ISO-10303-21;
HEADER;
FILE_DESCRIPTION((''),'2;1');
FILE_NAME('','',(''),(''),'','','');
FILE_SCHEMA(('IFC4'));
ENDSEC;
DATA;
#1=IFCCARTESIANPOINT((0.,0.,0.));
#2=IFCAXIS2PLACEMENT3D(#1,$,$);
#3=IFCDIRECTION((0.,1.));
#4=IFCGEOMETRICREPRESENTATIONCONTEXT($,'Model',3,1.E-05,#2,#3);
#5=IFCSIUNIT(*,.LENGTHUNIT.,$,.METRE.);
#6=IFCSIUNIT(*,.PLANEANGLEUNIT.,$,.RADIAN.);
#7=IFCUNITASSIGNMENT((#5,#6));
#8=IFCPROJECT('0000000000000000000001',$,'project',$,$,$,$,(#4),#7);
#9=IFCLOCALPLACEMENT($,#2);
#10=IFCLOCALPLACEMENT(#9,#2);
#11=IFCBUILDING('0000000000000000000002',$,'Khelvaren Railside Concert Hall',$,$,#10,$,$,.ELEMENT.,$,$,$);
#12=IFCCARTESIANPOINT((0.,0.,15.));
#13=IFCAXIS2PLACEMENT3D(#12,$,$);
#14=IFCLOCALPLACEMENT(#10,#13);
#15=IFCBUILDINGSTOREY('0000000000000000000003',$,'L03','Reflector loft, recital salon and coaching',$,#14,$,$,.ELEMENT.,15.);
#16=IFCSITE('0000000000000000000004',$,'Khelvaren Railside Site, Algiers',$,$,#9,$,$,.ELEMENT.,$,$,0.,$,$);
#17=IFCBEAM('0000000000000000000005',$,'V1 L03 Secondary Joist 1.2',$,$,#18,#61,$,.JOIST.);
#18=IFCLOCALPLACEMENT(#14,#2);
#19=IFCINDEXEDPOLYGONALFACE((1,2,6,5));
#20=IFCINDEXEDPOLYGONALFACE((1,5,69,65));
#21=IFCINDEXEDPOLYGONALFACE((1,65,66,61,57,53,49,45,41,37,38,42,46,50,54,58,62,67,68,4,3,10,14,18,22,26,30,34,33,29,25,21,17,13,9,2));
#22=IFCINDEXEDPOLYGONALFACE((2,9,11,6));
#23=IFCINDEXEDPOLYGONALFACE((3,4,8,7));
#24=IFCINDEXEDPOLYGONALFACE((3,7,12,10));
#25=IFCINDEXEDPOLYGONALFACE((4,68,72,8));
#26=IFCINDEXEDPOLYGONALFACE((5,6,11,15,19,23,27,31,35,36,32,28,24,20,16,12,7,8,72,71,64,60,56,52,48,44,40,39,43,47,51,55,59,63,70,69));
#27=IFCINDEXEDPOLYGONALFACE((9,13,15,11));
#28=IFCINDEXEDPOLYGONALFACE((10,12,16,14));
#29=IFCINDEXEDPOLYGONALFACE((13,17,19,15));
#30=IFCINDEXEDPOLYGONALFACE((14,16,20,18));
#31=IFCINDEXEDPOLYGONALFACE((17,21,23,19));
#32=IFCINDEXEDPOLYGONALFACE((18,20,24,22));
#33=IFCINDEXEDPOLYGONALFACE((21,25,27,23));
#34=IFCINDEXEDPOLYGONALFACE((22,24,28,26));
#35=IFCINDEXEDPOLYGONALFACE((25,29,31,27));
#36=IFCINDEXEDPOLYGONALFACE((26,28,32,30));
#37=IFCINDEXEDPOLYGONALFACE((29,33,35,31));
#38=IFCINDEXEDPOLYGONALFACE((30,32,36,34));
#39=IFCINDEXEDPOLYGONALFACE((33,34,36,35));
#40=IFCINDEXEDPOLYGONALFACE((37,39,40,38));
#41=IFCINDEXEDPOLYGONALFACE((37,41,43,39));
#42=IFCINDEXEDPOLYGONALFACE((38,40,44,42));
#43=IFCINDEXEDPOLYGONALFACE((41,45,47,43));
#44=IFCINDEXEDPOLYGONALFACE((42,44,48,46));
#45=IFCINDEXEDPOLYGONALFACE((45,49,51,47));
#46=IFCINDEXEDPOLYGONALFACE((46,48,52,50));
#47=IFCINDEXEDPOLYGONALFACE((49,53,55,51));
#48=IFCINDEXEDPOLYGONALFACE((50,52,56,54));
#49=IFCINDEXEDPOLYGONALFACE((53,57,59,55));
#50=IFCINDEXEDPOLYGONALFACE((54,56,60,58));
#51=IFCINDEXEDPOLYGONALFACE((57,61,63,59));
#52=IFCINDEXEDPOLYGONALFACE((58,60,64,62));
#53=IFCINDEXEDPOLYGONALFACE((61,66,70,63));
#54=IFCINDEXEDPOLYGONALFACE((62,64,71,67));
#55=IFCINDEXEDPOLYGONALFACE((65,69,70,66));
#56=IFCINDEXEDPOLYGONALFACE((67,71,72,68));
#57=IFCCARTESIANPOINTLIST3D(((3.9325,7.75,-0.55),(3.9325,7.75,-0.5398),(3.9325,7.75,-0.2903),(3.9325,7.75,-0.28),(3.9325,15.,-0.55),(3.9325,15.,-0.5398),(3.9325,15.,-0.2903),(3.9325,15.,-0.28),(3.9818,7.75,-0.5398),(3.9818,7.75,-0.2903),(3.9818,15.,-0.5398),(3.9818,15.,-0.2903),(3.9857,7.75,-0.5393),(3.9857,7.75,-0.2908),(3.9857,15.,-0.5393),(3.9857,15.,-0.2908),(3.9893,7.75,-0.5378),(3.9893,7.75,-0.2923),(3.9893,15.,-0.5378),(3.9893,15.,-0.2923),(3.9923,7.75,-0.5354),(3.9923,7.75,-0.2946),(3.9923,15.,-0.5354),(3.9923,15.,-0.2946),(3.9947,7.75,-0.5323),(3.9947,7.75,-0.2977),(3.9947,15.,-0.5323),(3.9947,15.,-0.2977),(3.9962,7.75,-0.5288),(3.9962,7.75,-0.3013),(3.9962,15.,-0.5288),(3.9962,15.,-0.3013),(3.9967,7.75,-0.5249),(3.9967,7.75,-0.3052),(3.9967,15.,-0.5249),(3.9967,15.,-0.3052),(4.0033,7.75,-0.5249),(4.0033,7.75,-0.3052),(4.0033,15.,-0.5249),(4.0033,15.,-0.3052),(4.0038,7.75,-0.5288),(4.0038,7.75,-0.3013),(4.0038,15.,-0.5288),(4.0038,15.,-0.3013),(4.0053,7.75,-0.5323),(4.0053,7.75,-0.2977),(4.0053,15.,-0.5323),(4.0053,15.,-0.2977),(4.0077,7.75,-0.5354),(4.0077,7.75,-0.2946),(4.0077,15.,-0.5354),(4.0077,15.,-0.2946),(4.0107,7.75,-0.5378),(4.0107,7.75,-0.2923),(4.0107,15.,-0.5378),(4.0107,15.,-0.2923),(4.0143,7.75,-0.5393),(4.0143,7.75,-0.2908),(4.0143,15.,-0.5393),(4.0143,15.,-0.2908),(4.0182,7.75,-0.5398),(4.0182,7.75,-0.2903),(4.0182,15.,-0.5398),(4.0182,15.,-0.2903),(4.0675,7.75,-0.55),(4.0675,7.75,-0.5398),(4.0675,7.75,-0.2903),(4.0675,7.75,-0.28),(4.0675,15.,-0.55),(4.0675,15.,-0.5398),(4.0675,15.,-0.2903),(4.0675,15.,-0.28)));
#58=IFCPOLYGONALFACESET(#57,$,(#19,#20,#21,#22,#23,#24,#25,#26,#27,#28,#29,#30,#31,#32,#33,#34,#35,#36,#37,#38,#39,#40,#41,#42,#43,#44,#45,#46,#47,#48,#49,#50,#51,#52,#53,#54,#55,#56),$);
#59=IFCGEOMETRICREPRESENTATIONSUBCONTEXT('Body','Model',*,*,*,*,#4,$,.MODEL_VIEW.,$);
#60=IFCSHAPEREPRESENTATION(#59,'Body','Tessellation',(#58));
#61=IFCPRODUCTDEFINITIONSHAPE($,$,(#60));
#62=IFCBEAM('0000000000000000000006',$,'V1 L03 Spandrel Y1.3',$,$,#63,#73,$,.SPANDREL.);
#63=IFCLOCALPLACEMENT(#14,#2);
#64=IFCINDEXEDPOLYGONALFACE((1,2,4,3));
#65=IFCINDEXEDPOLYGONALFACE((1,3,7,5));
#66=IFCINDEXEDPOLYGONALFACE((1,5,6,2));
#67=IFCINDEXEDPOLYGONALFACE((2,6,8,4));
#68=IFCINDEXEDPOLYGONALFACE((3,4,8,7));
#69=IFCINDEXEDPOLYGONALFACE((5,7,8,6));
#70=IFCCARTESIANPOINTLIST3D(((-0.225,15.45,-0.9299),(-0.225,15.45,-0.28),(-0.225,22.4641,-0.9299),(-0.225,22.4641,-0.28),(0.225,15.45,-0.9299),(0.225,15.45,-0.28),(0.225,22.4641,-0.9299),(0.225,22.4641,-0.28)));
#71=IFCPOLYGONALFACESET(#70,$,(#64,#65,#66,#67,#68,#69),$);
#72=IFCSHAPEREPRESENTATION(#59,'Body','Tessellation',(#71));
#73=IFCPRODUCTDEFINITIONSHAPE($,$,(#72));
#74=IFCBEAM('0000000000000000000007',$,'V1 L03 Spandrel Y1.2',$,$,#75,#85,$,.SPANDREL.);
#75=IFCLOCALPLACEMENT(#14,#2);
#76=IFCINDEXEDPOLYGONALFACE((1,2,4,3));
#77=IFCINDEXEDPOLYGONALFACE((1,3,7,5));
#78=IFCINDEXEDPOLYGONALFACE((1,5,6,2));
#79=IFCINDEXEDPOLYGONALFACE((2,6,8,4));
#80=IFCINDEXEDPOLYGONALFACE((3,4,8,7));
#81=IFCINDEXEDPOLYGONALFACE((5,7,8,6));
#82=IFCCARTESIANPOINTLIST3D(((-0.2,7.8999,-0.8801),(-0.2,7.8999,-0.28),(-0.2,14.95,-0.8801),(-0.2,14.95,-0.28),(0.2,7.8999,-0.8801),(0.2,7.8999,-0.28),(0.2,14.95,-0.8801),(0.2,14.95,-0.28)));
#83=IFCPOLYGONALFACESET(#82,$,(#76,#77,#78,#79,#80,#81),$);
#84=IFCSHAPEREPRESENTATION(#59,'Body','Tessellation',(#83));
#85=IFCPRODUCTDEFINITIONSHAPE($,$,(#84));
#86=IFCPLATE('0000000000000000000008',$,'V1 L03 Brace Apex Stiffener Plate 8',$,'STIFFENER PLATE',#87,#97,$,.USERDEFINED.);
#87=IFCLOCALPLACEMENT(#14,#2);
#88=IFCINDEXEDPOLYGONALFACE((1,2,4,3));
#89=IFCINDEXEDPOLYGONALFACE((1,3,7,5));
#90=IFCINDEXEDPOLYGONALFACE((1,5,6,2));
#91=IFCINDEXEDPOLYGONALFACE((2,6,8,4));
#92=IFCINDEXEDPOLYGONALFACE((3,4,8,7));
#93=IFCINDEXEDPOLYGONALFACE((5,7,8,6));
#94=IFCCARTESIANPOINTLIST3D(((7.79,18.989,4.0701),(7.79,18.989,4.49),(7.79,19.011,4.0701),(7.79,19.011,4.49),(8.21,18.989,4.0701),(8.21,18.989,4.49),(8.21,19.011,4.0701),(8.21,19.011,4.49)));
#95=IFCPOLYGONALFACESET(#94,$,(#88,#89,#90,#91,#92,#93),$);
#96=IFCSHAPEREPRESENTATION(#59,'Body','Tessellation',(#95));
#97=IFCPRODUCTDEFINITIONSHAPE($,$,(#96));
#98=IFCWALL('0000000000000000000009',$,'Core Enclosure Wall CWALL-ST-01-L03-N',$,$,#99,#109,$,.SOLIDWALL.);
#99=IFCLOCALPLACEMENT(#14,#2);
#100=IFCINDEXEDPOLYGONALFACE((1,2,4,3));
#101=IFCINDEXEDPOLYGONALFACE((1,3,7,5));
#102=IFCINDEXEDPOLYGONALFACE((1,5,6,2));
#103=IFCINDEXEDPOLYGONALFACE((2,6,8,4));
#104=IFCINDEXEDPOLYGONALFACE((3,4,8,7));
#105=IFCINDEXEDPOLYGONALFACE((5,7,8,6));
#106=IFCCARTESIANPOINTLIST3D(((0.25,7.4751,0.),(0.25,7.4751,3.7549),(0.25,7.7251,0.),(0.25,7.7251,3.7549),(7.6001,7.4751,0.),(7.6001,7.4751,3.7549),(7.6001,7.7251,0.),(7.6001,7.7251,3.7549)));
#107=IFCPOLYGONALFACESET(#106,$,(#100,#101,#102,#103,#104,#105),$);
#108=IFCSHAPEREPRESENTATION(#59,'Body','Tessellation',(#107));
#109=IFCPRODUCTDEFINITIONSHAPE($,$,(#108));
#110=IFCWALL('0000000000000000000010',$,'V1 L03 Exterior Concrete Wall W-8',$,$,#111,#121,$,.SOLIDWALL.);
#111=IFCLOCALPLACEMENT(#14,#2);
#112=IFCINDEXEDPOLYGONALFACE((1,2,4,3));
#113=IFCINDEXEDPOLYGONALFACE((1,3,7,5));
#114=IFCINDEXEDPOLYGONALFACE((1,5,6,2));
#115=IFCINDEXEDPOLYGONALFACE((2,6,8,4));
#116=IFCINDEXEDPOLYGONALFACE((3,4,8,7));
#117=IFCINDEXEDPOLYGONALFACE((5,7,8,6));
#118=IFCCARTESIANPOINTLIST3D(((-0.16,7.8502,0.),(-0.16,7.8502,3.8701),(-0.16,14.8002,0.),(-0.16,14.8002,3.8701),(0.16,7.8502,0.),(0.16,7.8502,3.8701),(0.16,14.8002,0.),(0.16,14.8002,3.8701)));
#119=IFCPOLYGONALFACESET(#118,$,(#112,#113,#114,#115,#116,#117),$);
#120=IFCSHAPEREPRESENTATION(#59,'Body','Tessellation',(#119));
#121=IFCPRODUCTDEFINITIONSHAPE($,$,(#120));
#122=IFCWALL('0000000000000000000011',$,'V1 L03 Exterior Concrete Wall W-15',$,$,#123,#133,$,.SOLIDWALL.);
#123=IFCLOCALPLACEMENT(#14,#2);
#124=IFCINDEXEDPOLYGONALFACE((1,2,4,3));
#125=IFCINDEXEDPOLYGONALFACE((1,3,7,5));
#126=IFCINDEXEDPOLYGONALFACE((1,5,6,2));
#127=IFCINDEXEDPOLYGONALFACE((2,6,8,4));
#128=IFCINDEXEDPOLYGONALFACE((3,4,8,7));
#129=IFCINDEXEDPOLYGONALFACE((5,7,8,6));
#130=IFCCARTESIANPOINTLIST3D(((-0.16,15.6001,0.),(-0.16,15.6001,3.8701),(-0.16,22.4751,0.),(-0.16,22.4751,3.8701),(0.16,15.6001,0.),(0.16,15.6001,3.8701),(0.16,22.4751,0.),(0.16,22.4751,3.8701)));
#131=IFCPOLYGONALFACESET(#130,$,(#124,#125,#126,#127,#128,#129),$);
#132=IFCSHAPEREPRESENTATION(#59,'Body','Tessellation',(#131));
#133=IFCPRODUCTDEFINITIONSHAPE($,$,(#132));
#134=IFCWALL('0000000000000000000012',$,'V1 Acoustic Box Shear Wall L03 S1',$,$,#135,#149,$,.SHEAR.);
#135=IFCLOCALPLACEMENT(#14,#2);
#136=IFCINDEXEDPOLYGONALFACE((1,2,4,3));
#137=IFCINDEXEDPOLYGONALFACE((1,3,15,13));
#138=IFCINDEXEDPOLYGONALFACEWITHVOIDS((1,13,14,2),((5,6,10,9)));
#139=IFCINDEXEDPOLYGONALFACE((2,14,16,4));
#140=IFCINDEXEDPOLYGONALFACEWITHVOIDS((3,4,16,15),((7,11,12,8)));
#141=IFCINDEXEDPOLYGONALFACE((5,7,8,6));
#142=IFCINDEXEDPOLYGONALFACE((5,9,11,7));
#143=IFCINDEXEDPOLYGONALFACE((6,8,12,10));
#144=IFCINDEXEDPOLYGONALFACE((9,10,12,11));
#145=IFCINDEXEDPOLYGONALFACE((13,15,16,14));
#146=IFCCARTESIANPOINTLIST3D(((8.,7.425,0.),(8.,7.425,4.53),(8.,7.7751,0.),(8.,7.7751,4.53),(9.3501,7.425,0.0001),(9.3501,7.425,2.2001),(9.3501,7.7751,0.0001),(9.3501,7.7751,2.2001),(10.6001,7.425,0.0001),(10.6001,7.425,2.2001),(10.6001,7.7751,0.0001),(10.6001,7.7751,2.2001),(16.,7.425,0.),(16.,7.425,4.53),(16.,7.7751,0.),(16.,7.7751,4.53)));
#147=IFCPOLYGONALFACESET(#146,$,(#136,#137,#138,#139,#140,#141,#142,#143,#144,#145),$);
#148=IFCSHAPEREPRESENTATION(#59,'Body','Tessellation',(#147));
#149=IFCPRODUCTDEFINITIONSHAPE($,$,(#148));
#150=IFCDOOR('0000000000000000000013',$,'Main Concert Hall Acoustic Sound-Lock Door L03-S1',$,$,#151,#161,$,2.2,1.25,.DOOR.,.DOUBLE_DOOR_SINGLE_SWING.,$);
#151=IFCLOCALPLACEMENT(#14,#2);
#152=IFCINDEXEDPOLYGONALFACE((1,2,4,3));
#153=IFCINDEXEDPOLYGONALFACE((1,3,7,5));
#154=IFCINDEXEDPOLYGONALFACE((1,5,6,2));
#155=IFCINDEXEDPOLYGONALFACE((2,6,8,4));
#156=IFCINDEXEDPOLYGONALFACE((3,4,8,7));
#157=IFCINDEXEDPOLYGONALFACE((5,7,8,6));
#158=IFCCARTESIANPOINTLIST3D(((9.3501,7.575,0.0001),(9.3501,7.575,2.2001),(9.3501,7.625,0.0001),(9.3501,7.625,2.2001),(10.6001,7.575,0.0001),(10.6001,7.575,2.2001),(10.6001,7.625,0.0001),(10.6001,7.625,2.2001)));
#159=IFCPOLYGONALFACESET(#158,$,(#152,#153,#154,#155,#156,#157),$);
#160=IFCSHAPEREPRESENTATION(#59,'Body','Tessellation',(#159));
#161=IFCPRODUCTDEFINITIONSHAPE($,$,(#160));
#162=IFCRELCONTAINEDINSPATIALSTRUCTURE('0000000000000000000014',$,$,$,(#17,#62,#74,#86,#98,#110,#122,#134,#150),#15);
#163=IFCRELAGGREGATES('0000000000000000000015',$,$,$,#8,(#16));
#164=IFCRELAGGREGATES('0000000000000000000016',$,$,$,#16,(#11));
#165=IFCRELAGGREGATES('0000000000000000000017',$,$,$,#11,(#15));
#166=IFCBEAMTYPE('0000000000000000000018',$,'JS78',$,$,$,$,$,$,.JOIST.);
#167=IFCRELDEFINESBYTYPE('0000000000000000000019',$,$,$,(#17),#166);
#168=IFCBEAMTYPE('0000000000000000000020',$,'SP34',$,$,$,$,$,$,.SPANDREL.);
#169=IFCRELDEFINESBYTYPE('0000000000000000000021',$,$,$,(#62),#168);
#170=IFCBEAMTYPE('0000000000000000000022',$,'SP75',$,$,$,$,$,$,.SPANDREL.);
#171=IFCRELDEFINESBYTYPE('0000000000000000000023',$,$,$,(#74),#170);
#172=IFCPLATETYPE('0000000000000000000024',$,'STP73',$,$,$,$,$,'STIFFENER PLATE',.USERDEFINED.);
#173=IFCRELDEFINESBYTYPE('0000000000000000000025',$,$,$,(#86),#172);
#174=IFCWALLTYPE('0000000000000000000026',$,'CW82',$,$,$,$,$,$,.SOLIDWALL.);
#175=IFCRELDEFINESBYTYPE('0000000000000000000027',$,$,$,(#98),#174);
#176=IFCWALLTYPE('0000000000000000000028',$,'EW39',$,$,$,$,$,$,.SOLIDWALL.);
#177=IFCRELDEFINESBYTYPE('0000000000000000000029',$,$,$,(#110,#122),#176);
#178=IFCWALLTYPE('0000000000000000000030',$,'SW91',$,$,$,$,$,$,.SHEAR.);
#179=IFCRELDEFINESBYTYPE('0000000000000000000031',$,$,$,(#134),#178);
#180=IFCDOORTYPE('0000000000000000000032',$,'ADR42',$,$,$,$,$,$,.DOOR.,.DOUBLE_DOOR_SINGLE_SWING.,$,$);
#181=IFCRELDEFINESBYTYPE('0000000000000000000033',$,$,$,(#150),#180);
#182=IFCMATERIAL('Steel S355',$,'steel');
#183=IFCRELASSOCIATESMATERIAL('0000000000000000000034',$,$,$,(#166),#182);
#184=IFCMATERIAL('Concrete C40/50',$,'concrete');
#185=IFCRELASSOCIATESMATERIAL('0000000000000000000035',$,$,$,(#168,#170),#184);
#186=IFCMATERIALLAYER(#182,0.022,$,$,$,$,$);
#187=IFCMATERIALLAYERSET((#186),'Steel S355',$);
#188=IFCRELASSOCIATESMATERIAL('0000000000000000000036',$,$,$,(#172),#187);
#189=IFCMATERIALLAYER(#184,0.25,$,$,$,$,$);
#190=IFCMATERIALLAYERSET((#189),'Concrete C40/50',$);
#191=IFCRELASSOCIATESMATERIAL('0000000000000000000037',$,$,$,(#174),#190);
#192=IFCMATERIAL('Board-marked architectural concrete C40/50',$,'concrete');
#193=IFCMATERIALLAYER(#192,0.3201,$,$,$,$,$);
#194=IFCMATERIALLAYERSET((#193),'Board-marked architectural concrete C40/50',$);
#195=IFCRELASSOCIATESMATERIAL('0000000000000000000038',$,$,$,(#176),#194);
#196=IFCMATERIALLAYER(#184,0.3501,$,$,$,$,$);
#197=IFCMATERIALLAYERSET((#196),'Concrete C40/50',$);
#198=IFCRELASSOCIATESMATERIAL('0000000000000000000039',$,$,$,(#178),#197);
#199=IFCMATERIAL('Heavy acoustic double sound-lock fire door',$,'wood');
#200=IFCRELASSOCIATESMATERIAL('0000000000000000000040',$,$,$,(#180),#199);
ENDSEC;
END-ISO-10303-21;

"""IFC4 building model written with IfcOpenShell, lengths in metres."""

from ifc_helpers import new_model, si_unit, direction, frame, frame_2d, origin, origin_2d, place, context, subcontext, project, spatial, rectangle, i_section, extrude, material, layer, layer_set, material_profile, profile_set, type_object, element, fill, save


model = new_model("IFC4")

# Units and contexts
model_context = context("Model", 3, precision=1e-05, world=origin(), true_north=direction((0.0, 1.0)))
body_context = subcontext(model_context, "Body", "Model", "MODEL_VIEW")
ifc_project = project(units=[si_unit("LENGTHUNIT", "METRE"), si_unit("PLANEANGLEUNIT", "RADIAN")], contexts=[model_context])

# Site, building, storey
site_placement = place(None, origin())
site = spatial("IfcSite", under=ifc_project, at=site_placement, Name="Khelvaren Railside Site, Algiers", CompositionType="ELEMENT", RefElevation=0.0)
building_placement = place(site_placement, origin())
building = spatial("IfcBuilding", under=site, at=building_placement, Name="Khelvaren Railside Concert Hall", CompositionType="ELEMENT")
storey_placement = place(building_placement, frame((0.0, 0.0, 15.0)))
storey = spatial("IfcBuildingStorey", under=building, at=storey_placement, Name="L03", Description="Reflector loft, recital salon and coaching", CompositionType="ELEMENT", Elevation=15.0)

# Shared definitions
ifc_material_1 = material(Name="Steel S355", Category="steel")
ifc_material_2 = material(Name="Concrete C40/50", Category="concrete")

# Beams
ifc_material_profile_1 = material_profile(ifc_material_1, i_section(OverallWidth=0.135, OverallDepth=0.27, WebThickness=0.0066, FlangeThickness=0.0103, FilletRadius=0.0149, at=origin_2d()), Name="IPE 270")
ifc_profile_set_1 = profile_set([ifc_material_profile_1], Name="Steel S355")
beam_type_1 = type_object("IfcBeamType", Name="JS78", PredefinedType="JOIST", material=ifc_profile_set_1)
beam_1_placement = place(storey_placement, frame((4.0, 7.75, -0.415), z_axis=(0.0, 1.0, 0.0), x_axis=(-1.0, 0.0, 0.0)))
element("IfcBeam", 1, at=beam_1_placement, inside=storey, type_object=beam_type_1, Name="V1 L03 Secondary Joist 1.2", PredefinedType="JOIST", context=body_context, shape_type="SweptSolid", body=[
    extrude(i_section(OverallWidth=0.135, OverallDepth=0.27, WebThickness=0.0066, FlangeThickness=0.0103, FilletRadius=0.0149, at=origin_2d()), origin(), (0.0, 0.0, 1.0), 7.25),
])
ifc_material_profile_2 = material_profile(ifc_material_2, rectangle(XDim=0.45, YDim=0.6499, at=origin_2d()), Name="RCB 450x650")
ifc_profile_set_2 = profile_set([ifc_material_profile_2], Name="Concrete C40/50")
beam_type_2 = type_object("IfcBeamType", Name="SP34", PredefinedType="SPANDREL", material=ifc_profile_set_2)
beam_2_placement = place(storey_placement, frame((0.0, 15.45, -0.605), z_axis=(0.0, 1.0, 0.0), x_axis=(-1.0, 0.0, 0.0)))
element("IfcBeam", 2, at=beam_2_placement, inside=storey, type_object=beam_type_2, Name="V1 L03 Spandrel Y1.3", PredefinedType="SPANDREL", context=body_context, shape_type="SweptSolid", body=[
    extrude(rectangle(XDim=0.45, YDim=0.6499, at=origin_2d()), origin(), (0.0, 0.0, 1.0), 7.0142),
])
ifc_material_profile_3 = material_profile(ifc_material_2, rectangle(XDim=0.3999, YDim=0.6001, at=origin_2d()), Name="RCB 400x600")
ifc_profile_set_3 = profile_set([ifc_material_profile_3], Name="Concrete C40/50")
beam_type_3 = type_object("IfcBeamType", Name="SP75", PredefinedType="SPANDREL", material=ifc_profile_set_3)
beam_3_placement = place(storey_placement, frame((0.0, 7.8999, -0.5801), z_axis=(0.0, 1.0, 0.0), x_axis=(-1.0, 0.0, 0.0)))
element("IfcBeam", 3, at=beam_3_placement, inside=storey, type_object=beam_type_3, Name="V1 L03 Spandrel Y1.2", PredefinedType="SPANDREL", context=body_context, shape_type="SweptSolid", body=[
    extrude(rectangle(XDim=0.3999, YDim=0.6001, at=origin_2d()), origin(), (0.0, 0.0, 1.0), 7.05),
])

# Plate
ifc_layer_1 = layer(ifc_material_1, 0.022)
ifc_layer_set_1 = layer_set([ifc_layer_1], Name="Steel S355")
plate_type = type_object("IfcPlateType", Name="STP73", ElementType="STIFFENER PLATE", PredefinedType="USERDEFINED", material=ifc_layer_set_1)
plate_placement = place(storey_placement, frame((8.0, 19.0, 4.0701), z_axis=(0.0, 0.0, 1.0), x_axis=(1.0, 0.0, 0.0)))
element("IfcPlate", 4, at=plate_placement, inside=storey, type_object=plate_type, Name="V1 L03 Brace Apex Stiffener Plate 8", ObjectType="STIFFENER PLATE", PredefinedType="USERDEFINED", context=body_context, shape_type="SweptSolid", body=[
    extrude(rectangle(XDim=0.4199, YDim=0.022, at=origin_2d()), origin(), (0.0, 0.0, 1.0), 0.4199),
])

# Walls
ifc_layer_2 = layer(ifc_material_2, 0.25)
ifc_layer_set_2 = layer_set([ifc_layer_2], Name="Concrete C40/50")
wall_type_1 = type_object("IfcWallType", Name="CW82", PredefinedType="SOLIDWALL", material=ifc_layer_set_2)
wall_1_placement = place(storey_placement, frame((0.25, 7.6001, 0.0), z_axis=(0.0, 0.0, 1.0), x_axis=(1.0, 0.0, 0.0)))
element("IfcWall", 5, at=wall_1_placement, inside=storey, type_object=wall_type_1, Name="Core Enclosure Wall CWALL-ST-01-L03-N", PredefinedType="SOLIDWALL", context=body_context, shape_type="SweptSolid", body=[
    extrude(rectangle(XDim=7.3501, YDim=0.25, at=frame_2d((3.675, 0.0))), origin(), (0.0, 0.0, 1.0), 3.7549),
])
ifc_material_3 = material(Name="Board-marked architectural concrete C40/50", Category="concrete")
ifc_layer_3 = layer(ifc_material_3, 0.3201)
ifc_layer_set_3 = layer_set([ifc_layer_3], Name="Board-marked architectural concrete C40/50")
wall_type_2 = type_object("IfcWallType", Name="EW39", PredefinedType="SOLIDWALL", material=ifc_layer_set_3)
wall_2_placement = place(storey_placement, frame((0.0, 7.8501, 0.0), z_axis=(0.0, 0.0, 1.0), x_axis=(0.0, 1.0, 0.0)))
element("IfcWall", 6, at=wall_2_placement, inside=storey, type_object=wall_type_2, Name="V1 L03 Exterior Concrete Wall W-8", PredefinedType="SOLIDWALL", context=body_context, shape_type="SweptSolid", body=[
    extrude(rectangle(XDim=6.95, YDim=0.3201, at=frame_2d((3.4751, 0.0))), origin(), (0.0, 0.0, 1.0), 3.8701),
])
wall_3_placement = place(storey_placement, frame((0.0, 15.6001, 0.0), z_axis=(0.0, 0.0, 1.0), x_axis=(0.0, 1.0, 0.0)))
element("IfcWall", 7, at=wall_3_placement, inside=storey, type_object=wall_type_2, Name="V1 L03 Exterior Concrete Wall W-15", PredefinedType="SOLIDWALL", context=body_context, shape_type="SweptSolid", body=[
    extrude(rectangle(XDim=6.875, YDim=0.3201, at=frame_2d((3.4375, 0.0))), origin(), (0.0, 0.0, 1.0), 3.8701),
])

# Wall, opening, door
ifc_layer_4 = layer(ifc_material_2, 0.3501)
ifc_layer_set_4 = layer_set([ifc_layer_4], Name="Concrete C40/50")
wall_type_3 = type_object("IfcWallType", Name="SW91", PredefinedType="SHEAR", material=ifc_layer_set_4)
wall_4_placement = place(storey_placement, frame((8.0, 7.6001, 0.0), z_axis=(0.0, 0.0, 1.0), x_axis=(1.0, 0.0, 0.0)))
wall_4 = element("IfcWall", 8, at=wall_4_placement, inside=storey, type_object=wall_type_3, Name="V1 Acoustic Box Shear Wall L03 S1", PredefinedType="SHEAR", context=body_context, shape_type="SweptSolid", body=[
    extrude(rectangle(XDim=8.0, YDim=0.3501, at=frame_2d((4.0, 0.0))), origin(), (0.0, 0.0, 1.0), 4.53),
])
opening_1_placement = place(wall_4_placement, frame((1.3501, 0.0, 0.0)))
opening_1 = element("IfcOpeningElement", 9, at=opening_1_placement, cuts=wall_4, PredefinedType="OPENING", context=body_context, shape_type="SweptSolid", body=[
    extrude(rectangle(XDim=1.25, YDim=2.2, at=frame_2d((0.625, 1.1001))), frame((0.0, 0.1851, 0.0), z_axis=(0.0, -1.0, 0.0), x_axis=(1.0, 0.0, 0.0)), (0.0, 0.0, 1.0), 0.3701),
])
ifc_material_4 = material(Name="Heavy acoustic double sound-lock fire door", Category="wood")
door_type = type_object("IfcDoorType", Name="ADR42", OperationType="DOUBLE_DOOR_SINGLE_SWING", PredefinedType="DOOR", material=ifc_material_4)
door_1_placement = place(opening_1_placement, origin())
door_1 = element("IfcDoor", 10, at=door_1_placement, inside=storey, type_object=door_type, Name="Main Concert Hall Acoustic Sound-Lock Door L03-S1", OperationType="DOUBLE_DOOR_SINGLE_SWING", OverallHeight=2.2, OverallWidth=1.25, PredefinedType="DOOR", context=body_context, shape_type="SweptSolid", body=[
    extrude(rectangle(XDim=1.25, YDim=2.2, at=frame_2d((0.625, 1.1001))), frame((0.0, 0.0249, 0.0), z_axis=(0.0, -1.0, 0.0), x_axis=(1.0, 0.0, 0.0)), (0.0, 0.0, 1.0), 0.05),
])
fill(opening_1, door_1)

save(model, "model.ifc")
